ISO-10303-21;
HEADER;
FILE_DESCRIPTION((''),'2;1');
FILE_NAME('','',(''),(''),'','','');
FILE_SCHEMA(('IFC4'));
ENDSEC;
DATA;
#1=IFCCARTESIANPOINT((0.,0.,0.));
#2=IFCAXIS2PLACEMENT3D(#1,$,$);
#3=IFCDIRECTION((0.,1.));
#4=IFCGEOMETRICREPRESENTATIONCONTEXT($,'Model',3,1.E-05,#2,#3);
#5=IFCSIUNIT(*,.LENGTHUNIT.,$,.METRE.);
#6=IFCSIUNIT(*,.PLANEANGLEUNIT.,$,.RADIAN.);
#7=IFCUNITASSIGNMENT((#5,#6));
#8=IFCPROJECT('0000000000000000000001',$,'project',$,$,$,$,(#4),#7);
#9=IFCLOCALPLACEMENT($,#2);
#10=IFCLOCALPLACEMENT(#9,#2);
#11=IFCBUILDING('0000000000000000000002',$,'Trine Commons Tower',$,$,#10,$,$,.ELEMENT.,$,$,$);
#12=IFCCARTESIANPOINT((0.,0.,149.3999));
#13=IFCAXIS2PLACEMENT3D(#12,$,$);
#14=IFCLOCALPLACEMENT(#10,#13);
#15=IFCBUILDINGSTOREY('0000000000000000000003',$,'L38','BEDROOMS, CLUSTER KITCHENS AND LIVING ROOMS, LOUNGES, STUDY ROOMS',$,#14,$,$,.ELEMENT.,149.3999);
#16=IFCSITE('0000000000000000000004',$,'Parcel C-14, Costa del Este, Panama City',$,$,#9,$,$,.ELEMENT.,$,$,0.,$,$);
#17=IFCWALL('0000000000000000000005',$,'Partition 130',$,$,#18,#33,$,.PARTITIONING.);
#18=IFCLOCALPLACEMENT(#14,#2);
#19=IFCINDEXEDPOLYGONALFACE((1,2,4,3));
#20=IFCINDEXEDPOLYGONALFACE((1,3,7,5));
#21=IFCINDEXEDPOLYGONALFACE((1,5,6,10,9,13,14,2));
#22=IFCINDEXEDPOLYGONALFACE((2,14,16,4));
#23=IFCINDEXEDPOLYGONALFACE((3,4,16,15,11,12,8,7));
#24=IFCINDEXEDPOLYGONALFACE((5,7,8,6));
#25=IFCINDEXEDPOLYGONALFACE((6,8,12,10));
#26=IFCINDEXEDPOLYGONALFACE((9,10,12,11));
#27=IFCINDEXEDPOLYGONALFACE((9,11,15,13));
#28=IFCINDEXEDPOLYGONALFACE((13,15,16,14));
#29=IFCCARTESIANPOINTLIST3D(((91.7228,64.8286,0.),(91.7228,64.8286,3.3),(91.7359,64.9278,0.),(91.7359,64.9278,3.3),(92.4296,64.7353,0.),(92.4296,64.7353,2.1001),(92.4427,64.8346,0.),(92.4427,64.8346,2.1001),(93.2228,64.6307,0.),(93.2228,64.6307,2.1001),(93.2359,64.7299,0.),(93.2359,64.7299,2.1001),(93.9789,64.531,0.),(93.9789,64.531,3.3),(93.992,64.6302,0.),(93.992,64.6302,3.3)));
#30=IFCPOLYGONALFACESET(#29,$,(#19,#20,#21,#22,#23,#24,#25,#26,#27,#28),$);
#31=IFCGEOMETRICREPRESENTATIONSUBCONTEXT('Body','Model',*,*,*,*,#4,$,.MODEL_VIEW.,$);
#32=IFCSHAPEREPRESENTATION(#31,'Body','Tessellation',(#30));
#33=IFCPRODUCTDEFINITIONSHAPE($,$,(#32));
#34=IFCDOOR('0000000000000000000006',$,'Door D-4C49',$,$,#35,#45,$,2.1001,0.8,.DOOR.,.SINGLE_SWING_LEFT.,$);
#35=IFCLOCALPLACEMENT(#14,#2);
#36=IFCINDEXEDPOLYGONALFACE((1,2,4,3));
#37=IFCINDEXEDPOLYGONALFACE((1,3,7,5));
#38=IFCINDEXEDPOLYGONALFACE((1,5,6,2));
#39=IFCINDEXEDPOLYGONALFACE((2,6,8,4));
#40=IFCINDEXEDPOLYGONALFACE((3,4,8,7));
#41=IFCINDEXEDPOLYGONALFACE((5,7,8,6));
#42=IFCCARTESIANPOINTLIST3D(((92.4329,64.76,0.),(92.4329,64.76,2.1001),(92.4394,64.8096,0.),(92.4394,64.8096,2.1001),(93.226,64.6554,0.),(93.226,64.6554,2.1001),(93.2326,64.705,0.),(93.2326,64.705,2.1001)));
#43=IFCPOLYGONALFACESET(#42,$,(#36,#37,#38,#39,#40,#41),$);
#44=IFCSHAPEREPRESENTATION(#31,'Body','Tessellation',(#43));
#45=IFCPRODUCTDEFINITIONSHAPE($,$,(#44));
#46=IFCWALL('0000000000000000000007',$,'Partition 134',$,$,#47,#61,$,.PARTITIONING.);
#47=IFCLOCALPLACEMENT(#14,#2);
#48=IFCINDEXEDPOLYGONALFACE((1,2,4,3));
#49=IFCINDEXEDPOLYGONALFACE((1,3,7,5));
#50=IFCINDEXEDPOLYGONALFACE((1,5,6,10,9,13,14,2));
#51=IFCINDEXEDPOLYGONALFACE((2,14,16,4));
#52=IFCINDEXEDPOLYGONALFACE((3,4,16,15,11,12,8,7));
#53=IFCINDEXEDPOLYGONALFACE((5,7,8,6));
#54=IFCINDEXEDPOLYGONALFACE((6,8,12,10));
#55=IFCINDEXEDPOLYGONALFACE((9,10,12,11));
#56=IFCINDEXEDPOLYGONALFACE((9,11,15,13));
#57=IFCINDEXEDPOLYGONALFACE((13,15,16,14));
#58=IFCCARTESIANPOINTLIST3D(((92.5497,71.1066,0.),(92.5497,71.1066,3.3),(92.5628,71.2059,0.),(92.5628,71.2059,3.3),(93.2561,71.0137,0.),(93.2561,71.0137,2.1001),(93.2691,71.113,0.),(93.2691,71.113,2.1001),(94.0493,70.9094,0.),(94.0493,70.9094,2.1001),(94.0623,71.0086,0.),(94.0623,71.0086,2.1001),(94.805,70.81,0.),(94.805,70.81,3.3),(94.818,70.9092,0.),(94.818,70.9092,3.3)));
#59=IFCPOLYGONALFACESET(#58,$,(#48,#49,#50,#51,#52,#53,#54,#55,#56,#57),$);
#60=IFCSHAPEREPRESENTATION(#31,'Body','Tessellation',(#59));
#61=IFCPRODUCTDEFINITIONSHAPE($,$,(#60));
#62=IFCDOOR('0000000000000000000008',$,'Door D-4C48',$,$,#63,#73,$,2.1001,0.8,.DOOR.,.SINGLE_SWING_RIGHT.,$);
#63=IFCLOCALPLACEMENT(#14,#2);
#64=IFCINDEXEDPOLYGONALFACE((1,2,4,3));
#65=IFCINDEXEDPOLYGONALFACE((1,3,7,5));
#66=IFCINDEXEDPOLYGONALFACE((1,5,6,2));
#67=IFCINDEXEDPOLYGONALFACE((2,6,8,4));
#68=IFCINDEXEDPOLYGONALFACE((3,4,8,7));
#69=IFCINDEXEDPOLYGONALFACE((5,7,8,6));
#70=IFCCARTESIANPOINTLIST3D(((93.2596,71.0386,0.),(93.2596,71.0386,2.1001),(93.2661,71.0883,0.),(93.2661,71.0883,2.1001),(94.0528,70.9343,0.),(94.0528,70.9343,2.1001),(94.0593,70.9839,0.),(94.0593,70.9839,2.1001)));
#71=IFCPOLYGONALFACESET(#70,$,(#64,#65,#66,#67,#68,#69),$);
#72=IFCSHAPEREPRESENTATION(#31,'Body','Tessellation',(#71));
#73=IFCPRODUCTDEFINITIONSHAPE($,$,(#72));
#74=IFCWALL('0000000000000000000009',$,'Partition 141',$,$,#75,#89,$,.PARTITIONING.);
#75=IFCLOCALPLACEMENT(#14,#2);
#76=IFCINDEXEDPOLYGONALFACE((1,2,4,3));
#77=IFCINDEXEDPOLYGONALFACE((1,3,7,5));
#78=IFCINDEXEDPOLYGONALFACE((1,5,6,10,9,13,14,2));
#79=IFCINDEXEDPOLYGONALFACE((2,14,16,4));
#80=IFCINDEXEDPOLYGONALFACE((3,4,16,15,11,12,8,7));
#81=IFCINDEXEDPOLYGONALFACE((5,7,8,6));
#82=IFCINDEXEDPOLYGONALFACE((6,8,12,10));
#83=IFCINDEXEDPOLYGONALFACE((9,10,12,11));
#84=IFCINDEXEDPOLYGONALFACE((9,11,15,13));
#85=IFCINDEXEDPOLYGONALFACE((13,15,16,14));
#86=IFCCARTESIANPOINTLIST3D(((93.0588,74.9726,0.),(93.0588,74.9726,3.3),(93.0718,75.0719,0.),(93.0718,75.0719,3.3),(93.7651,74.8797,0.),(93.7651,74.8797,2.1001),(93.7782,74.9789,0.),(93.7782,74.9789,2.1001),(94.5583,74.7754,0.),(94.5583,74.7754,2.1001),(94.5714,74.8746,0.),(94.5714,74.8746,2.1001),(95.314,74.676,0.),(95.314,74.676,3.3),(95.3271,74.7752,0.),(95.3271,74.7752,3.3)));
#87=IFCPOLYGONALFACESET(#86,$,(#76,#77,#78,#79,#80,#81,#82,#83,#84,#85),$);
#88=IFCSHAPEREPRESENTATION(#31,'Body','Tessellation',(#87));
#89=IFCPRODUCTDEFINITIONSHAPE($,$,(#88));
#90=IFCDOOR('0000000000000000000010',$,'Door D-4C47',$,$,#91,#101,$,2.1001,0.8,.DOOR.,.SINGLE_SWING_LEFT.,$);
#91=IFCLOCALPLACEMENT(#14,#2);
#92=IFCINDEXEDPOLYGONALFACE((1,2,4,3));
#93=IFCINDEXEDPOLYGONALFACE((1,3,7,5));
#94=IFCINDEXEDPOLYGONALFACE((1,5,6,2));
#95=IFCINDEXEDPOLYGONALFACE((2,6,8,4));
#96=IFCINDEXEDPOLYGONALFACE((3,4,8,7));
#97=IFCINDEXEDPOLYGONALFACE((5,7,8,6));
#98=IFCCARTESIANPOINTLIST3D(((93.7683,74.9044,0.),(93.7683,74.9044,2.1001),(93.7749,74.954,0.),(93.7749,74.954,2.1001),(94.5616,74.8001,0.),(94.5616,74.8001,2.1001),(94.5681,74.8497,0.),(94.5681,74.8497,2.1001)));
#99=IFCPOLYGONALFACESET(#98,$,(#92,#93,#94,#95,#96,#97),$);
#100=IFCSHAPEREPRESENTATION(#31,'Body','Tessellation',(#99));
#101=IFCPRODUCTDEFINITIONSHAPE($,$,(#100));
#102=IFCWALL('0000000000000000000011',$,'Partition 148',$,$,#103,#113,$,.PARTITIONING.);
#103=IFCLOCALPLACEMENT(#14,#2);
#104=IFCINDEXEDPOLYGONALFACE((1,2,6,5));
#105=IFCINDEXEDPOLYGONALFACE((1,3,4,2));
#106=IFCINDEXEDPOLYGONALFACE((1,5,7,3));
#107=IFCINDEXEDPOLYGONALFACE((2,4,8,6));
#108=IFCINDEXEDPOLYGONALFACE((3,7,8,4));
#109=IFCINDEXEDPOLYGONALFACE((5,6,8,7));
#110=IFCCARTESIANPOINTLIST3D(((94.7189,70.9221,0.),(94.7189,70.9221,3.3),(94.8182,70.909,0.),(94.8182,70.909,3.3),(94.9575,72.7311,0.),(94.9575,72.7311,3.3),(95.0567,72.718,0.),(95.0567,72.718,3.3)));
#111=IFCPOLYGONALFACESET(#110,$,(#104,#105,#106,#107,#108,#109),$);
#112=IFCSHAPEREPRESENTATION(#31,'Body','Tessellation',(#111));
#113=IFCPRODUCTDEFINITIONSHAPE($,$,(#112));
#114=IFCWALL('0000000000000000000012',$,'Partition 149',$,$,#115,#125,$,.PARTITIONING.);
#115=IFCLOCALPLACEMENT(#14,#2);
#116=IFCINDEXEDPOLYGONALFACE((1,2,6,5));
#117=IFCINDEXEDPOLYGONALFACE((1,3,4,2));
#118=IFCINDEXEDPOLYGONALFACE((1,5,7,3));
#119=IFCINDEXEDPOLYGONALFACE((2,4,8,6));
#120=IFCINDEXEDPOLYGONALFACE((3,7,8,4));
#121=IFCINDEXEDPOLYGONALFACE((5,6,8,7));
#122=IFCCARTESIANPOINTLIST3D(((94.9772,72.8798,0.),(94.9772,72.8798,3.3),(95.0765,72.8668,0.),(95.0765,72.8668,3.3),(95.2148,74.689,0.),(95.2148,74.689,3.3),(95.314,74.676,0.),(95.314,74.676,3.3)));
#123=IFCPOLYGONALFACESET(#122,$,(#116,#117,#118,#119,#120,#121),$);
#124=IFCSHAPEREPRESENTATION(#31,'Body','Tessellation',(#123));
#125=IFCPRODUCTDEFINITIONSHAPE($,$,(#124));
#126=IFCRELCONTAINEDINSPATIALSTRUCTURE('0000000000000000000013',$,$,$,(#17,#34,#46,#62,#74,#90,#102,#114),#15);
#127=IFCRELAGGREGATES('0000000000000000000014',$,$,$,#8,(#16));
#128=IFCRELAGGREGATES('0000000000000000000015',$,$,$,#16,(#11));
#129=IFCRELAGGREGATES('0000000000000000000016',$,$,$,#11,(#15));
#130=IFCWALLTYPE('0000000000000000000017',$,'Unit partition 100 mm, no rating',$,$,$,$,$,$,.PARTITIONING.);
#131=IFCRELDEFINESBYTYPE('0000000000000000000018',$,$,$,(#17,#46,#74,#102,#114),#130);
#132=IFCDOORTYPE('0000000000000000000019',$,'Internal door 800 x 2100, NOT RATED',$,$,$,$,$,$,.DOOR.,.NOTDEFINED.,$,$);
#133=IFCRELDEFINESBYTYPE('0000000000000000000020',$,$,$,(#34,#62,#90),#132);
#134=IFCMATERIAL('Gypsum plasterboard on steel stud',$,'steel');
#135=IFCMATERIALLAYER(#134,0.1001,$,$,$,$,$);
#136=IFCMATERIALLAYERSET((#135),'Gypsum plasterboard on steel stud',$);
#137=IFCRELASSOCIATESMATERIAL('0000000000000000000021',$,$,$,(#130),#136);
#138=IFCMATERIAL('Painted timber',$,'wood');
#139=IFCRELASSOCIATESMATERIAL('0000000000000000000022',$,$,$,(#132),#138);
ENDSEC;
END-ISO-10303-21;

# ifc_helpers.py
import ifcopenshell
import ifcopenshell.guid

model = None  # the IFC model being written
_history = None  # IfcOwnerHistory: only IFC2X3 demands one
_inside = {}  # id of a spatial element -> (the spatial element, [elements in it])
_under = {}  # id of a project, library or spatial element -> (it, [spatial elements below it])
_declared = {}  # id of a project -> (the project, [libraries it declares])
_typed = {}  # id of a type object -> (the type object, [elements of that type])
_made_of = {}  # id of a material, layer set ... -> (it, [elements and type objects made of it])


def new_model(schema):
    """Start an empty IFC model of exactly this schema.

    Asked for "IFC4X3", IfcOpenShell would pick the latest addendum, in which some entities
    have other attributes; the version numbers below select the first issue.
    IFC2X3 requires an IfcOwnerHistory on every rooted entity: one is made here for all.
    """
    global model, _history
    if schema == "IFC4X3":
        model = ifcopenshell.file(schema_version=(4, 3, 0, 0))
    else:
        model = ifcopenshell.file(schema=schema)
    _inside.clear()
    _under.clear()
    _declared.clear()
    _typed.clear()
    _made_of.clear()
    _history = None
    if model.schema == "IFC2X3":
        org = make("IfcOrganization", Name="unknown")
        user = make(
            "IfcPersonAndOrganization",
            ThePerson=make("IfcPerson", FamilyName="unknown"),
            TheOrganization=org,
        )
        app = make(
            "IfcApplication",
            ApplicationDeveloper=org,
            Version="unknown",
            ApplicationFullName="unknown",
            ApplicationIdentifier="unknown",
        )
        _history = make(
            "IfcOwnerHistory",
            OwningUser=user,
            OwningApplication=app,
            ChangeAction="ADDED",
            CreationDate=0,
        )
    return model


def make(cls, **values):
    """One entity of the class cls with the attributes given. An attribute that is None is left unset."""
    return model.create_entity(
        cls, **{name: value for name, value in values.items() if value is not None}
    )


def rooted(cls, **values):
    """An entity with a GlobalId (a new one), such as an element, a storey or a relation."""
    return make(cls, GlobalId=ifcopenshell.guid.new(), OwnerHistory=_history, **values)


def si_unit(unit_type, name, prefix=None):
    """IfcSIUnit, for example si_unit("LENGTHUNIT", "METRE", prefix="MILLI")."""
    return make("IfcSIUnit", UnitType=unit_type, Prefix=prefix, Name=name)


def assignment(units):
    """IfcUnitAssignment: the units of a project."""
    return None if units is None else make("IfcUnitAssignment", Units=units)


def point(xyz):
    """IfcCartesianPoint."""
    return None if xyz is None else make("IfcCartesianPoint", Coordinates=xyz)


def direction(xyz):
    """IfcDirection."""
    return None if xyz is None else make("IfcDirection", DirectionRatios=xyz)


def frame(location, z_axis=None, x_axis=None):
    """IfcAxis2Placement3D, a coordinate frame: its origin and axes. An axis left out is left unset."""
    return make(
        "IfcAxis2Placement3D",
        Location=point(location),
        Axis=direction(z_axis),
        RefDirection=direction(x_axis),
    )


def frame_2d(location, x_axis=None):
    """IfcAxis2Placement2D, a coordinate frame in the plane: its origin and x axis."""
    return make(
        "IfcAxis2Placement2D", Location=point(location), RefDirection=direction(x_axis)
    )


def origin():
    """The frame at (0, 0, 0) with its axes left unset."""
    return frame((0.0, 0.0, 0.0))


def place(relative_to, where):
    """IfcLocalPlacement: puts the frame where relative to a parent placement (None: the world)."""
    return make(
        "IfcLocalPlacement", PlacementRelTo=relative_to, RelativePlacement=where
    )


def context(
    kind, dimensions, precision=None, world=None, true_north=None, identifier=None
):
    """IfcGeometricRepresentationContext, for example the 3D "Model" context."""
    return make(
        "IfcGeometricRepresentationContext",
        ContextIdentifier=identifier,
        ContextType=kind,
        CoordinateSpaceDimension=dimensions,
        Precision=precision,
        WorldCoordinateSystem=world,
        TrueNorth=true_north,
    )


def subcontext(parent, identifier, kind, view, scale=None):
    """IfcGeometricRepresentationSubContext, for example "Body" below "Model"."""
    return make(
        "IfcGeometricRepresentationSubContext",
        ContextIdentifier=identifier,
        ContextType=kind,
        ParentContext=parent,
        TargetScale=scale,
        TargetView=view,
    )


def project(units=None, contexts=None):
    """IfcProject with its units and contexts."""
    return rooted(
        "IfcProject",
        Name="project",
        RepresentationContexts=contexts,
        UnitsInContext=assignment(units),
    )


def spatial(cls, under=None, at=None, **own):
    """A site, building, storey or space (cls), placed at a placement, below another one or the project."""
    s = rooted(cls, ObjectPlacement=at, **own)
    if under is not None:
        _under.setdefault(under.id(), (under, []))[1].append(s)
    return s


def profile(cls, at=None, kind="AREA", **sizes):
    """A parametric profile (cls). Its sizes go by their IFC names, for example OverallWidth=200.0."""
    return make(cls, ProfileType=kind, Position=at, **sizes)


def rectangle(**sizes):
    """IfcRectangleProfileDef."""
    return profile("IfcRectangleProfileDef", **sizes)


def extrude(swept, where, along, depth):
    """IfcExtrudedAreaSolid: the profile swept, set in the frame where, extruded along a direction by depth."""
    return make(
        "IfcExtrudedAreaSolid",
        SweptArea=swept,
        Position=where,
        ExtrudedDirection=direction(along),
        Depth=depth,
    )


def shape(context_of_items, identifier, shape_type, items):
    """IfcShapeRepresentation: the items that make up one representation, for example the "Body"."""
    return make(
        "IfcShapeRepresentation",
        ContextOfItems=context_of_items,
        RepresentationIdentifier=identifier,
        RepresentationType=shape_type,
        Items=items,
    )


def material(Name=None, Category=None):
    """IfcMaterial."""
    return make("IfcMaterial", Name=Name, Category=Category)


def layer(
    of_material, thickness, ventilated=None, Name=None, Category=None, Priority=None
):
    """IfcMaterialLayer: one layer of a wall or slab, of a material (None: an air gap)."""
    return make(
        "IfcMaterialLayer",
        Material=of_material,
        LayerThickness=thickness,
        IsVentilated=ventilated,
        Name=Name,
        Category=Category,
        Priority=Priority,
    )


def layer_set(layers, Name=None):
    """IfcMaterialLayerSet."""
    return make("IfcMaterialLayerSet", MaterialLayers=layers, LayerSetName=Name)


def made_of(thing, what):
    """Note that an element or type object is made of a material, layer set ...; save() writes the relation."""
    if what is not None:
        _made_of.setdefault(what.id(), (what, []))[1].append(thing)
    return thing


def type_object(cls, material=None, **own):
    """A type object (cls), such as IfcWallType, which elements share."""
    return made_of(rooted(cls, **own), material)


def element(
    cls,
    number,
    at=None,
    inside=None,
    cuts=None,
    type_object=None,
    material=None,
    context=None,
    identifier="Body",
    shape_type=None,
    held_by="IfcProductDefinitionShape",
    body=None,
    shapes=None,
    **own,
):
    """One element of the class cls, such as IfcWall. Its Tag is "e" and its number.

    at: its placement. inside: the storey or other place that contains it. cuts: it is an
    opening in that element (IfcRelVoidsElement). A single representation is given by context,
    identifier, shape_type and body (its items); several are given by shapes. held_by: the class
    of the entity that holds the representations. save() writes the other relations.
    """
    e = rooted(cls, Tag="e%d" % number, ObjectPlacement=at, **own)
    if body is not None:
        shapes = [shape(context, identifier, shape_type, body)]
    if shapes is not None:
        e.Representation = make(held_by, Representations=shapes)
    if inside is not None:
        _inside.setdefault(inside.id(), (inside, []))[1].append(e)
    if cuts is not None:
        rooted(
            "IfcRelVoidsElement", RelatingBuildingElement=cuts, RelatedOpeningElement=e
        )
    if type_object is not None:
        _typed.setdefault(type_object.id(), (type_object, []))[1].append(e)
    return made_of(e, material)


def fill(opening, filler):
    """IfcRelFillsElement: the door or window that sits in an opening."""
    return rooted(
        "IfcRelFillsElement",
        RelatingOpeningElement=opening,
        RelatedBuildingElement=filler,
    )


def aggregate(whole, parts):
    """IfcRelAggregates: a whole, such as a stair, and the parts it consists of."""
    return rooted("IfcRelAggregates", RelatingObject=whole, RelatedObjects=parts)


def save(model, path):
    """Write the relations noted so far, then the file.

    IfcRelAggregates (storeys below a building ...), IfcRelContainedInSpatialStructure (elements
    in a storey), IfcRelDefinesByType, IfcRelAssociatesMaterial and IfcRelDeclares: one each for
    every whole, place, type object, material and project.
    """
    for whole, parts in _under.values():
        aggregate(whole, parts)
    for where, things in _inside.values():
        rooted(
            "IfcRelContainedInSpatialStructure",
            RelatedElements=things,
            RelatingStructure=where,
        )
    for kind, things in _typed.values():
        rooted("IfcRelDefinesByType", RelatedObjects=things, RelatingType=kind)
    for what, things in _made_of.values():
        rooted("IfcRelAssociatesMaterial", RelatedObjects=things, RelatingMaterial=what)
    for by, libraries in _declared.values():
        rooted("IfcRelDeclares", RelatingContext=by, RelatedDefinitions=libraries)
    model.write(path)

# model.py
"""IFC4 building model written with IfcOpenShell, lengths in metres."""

from ifc_helpers import new_model, si_unit, direction, frame, frame_2d, origin, place, context, subcontext, project, spatial, rectangle, extrude, material, layer, layer_set, type_object, element, fill, save


model = new_model("IFC4")

# Units and contexts
model_context = context("Model", 3, precision=1e-05, world=origin(), true_north=direction((0.0, 1.0)))
body_context = subcontext(model_context, "Body", "Model", "MODEL_VIEW")
ifc_project = project(units=[si_unit("LENGTHUNIT", "METRE"), si_unit("PLANEANGLEUNIT", "RADIAN")], contexts=[model_context])

# Site, building, storey
site_placement = place(None, origin())
site = spatial("IfcSite", under=ifc_project, at=site_placement, Name="Parcel C-14, Costa del Este, Panama City", CompositionType="ELEMENT", RefElevation=0.0)
building_placement = place(site_placement, origin())
building = spatial("IfcBuilding", under=site, at=building_placement, Name="Trine Commons Tower", CompositionType="ELEMENT")
storey_placement = place(building_placement, frame((0.0, 0.0, 149.3999)))
storey = spatial("IfcBuildingStorey", under=building, at=storey_placement, Name="L38", Description="BEDROOMS, CLUSTER KITCHENS AND LIVING ROOMS, LOUNGES, STUDY ROOMS", CompositionType="ELEMENT", Elevation=149.3999)

# Shared definitions
ifc_material_1 = material(Name="Gypsum plasterboard on steel stud", Category="steel")

# Walls, openings, doors
ifc_layer_1 = layer(ifc_material_1, 0.1001)
ifc_layer_set_1 = layer_set([ifc_layer_1], Name="Gypsum plasterboard on steel stud")
wall_type_1 = type_object("IfcWallType", Name="Unit partition 100 mm, no rating", PredefinedType="PARTITIONING", material=ifc_layer_set_1)
wall_1_placement = place(storey_placement, frame((91.7295, 64.8782, 0.0), z_axis=(0.0, 0.0, 1.0), x_axis=(0.991412, -0.130779, 0.0)))
wall_1 = element("IfcWall", 1, at=wall_1_placement, inside=storey, type_object=wall_type_1, Name="Partition 130", PredefinedType="PARTITIONING", context=body_context, shape_type="SweptSolid", body=[
    extrude(rectangle(XDim=2.2756, YDim=0.1001, at=frame_2d((1.1377, 0.0))), origin(), (0.0, 0.0, 1.0), 3.3),
])
opening_1_placement = place(wall_1_placement, frame((0.7129, 0.0, 0.0)))
opening_1 = element("IfcOpeningElement", 2, at=opening_1_placement, cuts=wall_1, PredefinedType="OPENING", context=body_context, shape_type="SweptSolid", body=[
    extrude(rectangle(XDim=0.8, YDim=2.1001, at=frame_2d((0.3999, 1.05))), frame((0.0, 0.0601, 0.0), z_axis=(0.0, -1.0, 0.0), x_axis=(1.0, 0.0, 0.0)), (0.0, 0.0, 1.0), 0.1201),
])
ifc_material_2 = material(Name="Painted timber", Category="wood")
door_type_1 = type_object("IfcDoorType", Name="Internal door 800 x 2100, NOT RATED", OperationType="NOTDEFINED", PredefinedType="DOOR", material=ifc_material_2)
door_1_placement = place(opening_1_placement, origin())
door_1 = element("IfcDoor", 3, at=door_1_placement, inside=storey, type_object=door_type_1, Name="Door D-4C49", OperationType="SINGLE_SWING_LEFT", OverallHeight=2.1001, OverallWidth=0.8, PredefinedType="DOOR", context=body_context, shape_type="SweptSolid", body=[
    extrude(rectangle(XDim=0.8, YDim=2.1001, at=frame_2d((0.3999, 1.05))), frame((0.0, 0.0249, 0.0), z_axis=(0.0, -1.0, 0.0), x_axis=(1.0, 0.0, 0.0)), (0.0, 0.0, 1.0), 0.05),
])
fill(opening_1, door_1)
wall_2_placement = place(storey_placement, frame((92.5564, 71.1562, 0.0), z_axis=(0.0, 0.0, 1.0), x_axis=(0.99146, -0.130413, 0.0)))
wall_2 = element("IfcWall", 4, at=wall_2_placement, inside=storey, type_object=wall_type_1, Name="Partition 134", PredefinedType="PARTITIONING", context=body_context, shape_type="SweptSolid", body=[
    extrude(rectangle(XDim=2.2747, YDim=0.1001, at=frame_2d((1.1372, 0.0))), origin(), (0.0, 0.0, 1.0), 3.3),
])
opening_2_placement = place(wall_2_placement, frame((0.7124, 0.0, 0.0)))
opening_2 = element("IfcOpeningElement", 5, at=opening_2_placement, cuts=wall_2, PredefinedType="OPENING", context=body_context, shape_type="SweptSolid", body=[
    extrude(rectangle(XDim=0.8, YDim=2.1001, at=frame_2d((0.3999, 1.05))), frame((0.0, 0.0601, 0.0), z_axis=(0.0, -1.0, 0.0), x_axis=(1.0, 0.0, 0.0)), (0.0, 0.0, 1.0), 0.1201),
])
door_2_placement = place(opening_2_placement, frame((0.8, 0.0, 0.0), z_axis=(0.0, 0.0, 1.0), x_axis=(-1.0, 0.0, 0.0)))
door_2 = element("IfcDoor", 6, at=door_2_placement, inside=storey, type_object=door_type_1, Name="Door D-4C48", OperationType="SINGLE_SWING_RIGHT", OverallHeight=2.1001, OverallWidth=0.8, PredefinedType="DOOR", context=body_context, shape_type="SweptSolid", body=[
    extrude(rectangle(XDim=0.8, YDim=2.1001, at=frame_2d((0.3999, 1.05))), frame((0.0, 0.0249, 0.0), z_axis=(0.0, -1.0, 0.0), x_axis=(1.0, 0.0, 0.0)), (0.0, 0.0, 1.0), 0.05),
])
fill(opening_2, door_2)
wall_3_placement = place(storey_placement, frame((93.0654, 75.0222, 0.0), z_axis=(0.0, 0.0, 1.0), x_axis=(0.99146, -0.130413, 0.0)))
wall_3 = element("IfcWall", 7, at=wall_3_placement, inside=storey, type_object=wall_type_1, Name="Partition 141", PredefinedType="PARTITIONING", context=body_context, shape_type="SweptSolid", body=[
    extrude(rectangle(XDim=2.2747, YDim=0.1001, at=frame_2d((1.1372, 0.0))), origin(), (0.0, 0.0, 1.0), 3.3),
])
opening_3_placement = place(wall_3_placement, frame((0.7124, 0.0, 0.0)))
opening_3 = element("IfcOpeningElement", 8, at=opening_3_placement, cuts=wall_3, PredefinedType="OPENING", context=body_context, shape_type="SweptSolid", body=[
    extrude(rectangle(XDim=0.8, YDim=2.1001, at=frame_2d((0.3999, 1.05))), frame((0.0, 0.0601, 0.0), z_axis=(0.0, -1.0, 0.0), x_axis=(1.0, 0.0, 0.0)), (0.0, 0.0, 1.0), 0.1201),
])
door_3_placement = place(opening_3_placement, origin())
door_3 = element("IfcDoor", 9, at=door_3_placement, inside=storey, type_object=door_type_1, Name="Door D-4C47", OperationType="SINGLE_SWING_LEFT", OverallHeight=2.1001, OverallWidth=0.8, PredefinedType="DOOR", context=body_context, shape_type="SweptSolid", body=[
    extrude(rectangle(XDim=0.8, YDim=2.1001, at=frame_2d((0.3999, 1.05))), frame((0.0, 0.0249, 0.0), z_axis=(0.0, -1.0, 0.0), x_axis=(1.0, 0.0, 0.0)), (0.0, 0.0, 1.0), 0.05),
])
fill(opening_3, door_3)

# Walls
for number, where, z_axis, x_axis, name in (
    (10, (94.7686, 70.9155, 0.0), (0.0, 0.0, 1.0), (0.130718, 0.99142, 0.0), "Partition 148"),
    (11, (95.0269, 72.8733, 0.0), (0.0, 0.0, 1.0), (0.130191, 0.991489, 0.0), "Partition 149"),
):
    element("IfcWall", number, at=place(storey_placement, frame(where, z_axis=z_axis, x_axis=x_axis)), inside=storey, type_object=wall_type_1, Name=name, PredefinedType="PARTITIONING", context=body_context, shape_type="SweptSolid", body=[
        extrude(rectangle(XDim=1.8247, YDim=0.1001, at=frame_2d((0.9124, 0.0))), origin(), (0.0, 0.0, 1.0), 3.3),
    ])

save(model, "model.ifc")
